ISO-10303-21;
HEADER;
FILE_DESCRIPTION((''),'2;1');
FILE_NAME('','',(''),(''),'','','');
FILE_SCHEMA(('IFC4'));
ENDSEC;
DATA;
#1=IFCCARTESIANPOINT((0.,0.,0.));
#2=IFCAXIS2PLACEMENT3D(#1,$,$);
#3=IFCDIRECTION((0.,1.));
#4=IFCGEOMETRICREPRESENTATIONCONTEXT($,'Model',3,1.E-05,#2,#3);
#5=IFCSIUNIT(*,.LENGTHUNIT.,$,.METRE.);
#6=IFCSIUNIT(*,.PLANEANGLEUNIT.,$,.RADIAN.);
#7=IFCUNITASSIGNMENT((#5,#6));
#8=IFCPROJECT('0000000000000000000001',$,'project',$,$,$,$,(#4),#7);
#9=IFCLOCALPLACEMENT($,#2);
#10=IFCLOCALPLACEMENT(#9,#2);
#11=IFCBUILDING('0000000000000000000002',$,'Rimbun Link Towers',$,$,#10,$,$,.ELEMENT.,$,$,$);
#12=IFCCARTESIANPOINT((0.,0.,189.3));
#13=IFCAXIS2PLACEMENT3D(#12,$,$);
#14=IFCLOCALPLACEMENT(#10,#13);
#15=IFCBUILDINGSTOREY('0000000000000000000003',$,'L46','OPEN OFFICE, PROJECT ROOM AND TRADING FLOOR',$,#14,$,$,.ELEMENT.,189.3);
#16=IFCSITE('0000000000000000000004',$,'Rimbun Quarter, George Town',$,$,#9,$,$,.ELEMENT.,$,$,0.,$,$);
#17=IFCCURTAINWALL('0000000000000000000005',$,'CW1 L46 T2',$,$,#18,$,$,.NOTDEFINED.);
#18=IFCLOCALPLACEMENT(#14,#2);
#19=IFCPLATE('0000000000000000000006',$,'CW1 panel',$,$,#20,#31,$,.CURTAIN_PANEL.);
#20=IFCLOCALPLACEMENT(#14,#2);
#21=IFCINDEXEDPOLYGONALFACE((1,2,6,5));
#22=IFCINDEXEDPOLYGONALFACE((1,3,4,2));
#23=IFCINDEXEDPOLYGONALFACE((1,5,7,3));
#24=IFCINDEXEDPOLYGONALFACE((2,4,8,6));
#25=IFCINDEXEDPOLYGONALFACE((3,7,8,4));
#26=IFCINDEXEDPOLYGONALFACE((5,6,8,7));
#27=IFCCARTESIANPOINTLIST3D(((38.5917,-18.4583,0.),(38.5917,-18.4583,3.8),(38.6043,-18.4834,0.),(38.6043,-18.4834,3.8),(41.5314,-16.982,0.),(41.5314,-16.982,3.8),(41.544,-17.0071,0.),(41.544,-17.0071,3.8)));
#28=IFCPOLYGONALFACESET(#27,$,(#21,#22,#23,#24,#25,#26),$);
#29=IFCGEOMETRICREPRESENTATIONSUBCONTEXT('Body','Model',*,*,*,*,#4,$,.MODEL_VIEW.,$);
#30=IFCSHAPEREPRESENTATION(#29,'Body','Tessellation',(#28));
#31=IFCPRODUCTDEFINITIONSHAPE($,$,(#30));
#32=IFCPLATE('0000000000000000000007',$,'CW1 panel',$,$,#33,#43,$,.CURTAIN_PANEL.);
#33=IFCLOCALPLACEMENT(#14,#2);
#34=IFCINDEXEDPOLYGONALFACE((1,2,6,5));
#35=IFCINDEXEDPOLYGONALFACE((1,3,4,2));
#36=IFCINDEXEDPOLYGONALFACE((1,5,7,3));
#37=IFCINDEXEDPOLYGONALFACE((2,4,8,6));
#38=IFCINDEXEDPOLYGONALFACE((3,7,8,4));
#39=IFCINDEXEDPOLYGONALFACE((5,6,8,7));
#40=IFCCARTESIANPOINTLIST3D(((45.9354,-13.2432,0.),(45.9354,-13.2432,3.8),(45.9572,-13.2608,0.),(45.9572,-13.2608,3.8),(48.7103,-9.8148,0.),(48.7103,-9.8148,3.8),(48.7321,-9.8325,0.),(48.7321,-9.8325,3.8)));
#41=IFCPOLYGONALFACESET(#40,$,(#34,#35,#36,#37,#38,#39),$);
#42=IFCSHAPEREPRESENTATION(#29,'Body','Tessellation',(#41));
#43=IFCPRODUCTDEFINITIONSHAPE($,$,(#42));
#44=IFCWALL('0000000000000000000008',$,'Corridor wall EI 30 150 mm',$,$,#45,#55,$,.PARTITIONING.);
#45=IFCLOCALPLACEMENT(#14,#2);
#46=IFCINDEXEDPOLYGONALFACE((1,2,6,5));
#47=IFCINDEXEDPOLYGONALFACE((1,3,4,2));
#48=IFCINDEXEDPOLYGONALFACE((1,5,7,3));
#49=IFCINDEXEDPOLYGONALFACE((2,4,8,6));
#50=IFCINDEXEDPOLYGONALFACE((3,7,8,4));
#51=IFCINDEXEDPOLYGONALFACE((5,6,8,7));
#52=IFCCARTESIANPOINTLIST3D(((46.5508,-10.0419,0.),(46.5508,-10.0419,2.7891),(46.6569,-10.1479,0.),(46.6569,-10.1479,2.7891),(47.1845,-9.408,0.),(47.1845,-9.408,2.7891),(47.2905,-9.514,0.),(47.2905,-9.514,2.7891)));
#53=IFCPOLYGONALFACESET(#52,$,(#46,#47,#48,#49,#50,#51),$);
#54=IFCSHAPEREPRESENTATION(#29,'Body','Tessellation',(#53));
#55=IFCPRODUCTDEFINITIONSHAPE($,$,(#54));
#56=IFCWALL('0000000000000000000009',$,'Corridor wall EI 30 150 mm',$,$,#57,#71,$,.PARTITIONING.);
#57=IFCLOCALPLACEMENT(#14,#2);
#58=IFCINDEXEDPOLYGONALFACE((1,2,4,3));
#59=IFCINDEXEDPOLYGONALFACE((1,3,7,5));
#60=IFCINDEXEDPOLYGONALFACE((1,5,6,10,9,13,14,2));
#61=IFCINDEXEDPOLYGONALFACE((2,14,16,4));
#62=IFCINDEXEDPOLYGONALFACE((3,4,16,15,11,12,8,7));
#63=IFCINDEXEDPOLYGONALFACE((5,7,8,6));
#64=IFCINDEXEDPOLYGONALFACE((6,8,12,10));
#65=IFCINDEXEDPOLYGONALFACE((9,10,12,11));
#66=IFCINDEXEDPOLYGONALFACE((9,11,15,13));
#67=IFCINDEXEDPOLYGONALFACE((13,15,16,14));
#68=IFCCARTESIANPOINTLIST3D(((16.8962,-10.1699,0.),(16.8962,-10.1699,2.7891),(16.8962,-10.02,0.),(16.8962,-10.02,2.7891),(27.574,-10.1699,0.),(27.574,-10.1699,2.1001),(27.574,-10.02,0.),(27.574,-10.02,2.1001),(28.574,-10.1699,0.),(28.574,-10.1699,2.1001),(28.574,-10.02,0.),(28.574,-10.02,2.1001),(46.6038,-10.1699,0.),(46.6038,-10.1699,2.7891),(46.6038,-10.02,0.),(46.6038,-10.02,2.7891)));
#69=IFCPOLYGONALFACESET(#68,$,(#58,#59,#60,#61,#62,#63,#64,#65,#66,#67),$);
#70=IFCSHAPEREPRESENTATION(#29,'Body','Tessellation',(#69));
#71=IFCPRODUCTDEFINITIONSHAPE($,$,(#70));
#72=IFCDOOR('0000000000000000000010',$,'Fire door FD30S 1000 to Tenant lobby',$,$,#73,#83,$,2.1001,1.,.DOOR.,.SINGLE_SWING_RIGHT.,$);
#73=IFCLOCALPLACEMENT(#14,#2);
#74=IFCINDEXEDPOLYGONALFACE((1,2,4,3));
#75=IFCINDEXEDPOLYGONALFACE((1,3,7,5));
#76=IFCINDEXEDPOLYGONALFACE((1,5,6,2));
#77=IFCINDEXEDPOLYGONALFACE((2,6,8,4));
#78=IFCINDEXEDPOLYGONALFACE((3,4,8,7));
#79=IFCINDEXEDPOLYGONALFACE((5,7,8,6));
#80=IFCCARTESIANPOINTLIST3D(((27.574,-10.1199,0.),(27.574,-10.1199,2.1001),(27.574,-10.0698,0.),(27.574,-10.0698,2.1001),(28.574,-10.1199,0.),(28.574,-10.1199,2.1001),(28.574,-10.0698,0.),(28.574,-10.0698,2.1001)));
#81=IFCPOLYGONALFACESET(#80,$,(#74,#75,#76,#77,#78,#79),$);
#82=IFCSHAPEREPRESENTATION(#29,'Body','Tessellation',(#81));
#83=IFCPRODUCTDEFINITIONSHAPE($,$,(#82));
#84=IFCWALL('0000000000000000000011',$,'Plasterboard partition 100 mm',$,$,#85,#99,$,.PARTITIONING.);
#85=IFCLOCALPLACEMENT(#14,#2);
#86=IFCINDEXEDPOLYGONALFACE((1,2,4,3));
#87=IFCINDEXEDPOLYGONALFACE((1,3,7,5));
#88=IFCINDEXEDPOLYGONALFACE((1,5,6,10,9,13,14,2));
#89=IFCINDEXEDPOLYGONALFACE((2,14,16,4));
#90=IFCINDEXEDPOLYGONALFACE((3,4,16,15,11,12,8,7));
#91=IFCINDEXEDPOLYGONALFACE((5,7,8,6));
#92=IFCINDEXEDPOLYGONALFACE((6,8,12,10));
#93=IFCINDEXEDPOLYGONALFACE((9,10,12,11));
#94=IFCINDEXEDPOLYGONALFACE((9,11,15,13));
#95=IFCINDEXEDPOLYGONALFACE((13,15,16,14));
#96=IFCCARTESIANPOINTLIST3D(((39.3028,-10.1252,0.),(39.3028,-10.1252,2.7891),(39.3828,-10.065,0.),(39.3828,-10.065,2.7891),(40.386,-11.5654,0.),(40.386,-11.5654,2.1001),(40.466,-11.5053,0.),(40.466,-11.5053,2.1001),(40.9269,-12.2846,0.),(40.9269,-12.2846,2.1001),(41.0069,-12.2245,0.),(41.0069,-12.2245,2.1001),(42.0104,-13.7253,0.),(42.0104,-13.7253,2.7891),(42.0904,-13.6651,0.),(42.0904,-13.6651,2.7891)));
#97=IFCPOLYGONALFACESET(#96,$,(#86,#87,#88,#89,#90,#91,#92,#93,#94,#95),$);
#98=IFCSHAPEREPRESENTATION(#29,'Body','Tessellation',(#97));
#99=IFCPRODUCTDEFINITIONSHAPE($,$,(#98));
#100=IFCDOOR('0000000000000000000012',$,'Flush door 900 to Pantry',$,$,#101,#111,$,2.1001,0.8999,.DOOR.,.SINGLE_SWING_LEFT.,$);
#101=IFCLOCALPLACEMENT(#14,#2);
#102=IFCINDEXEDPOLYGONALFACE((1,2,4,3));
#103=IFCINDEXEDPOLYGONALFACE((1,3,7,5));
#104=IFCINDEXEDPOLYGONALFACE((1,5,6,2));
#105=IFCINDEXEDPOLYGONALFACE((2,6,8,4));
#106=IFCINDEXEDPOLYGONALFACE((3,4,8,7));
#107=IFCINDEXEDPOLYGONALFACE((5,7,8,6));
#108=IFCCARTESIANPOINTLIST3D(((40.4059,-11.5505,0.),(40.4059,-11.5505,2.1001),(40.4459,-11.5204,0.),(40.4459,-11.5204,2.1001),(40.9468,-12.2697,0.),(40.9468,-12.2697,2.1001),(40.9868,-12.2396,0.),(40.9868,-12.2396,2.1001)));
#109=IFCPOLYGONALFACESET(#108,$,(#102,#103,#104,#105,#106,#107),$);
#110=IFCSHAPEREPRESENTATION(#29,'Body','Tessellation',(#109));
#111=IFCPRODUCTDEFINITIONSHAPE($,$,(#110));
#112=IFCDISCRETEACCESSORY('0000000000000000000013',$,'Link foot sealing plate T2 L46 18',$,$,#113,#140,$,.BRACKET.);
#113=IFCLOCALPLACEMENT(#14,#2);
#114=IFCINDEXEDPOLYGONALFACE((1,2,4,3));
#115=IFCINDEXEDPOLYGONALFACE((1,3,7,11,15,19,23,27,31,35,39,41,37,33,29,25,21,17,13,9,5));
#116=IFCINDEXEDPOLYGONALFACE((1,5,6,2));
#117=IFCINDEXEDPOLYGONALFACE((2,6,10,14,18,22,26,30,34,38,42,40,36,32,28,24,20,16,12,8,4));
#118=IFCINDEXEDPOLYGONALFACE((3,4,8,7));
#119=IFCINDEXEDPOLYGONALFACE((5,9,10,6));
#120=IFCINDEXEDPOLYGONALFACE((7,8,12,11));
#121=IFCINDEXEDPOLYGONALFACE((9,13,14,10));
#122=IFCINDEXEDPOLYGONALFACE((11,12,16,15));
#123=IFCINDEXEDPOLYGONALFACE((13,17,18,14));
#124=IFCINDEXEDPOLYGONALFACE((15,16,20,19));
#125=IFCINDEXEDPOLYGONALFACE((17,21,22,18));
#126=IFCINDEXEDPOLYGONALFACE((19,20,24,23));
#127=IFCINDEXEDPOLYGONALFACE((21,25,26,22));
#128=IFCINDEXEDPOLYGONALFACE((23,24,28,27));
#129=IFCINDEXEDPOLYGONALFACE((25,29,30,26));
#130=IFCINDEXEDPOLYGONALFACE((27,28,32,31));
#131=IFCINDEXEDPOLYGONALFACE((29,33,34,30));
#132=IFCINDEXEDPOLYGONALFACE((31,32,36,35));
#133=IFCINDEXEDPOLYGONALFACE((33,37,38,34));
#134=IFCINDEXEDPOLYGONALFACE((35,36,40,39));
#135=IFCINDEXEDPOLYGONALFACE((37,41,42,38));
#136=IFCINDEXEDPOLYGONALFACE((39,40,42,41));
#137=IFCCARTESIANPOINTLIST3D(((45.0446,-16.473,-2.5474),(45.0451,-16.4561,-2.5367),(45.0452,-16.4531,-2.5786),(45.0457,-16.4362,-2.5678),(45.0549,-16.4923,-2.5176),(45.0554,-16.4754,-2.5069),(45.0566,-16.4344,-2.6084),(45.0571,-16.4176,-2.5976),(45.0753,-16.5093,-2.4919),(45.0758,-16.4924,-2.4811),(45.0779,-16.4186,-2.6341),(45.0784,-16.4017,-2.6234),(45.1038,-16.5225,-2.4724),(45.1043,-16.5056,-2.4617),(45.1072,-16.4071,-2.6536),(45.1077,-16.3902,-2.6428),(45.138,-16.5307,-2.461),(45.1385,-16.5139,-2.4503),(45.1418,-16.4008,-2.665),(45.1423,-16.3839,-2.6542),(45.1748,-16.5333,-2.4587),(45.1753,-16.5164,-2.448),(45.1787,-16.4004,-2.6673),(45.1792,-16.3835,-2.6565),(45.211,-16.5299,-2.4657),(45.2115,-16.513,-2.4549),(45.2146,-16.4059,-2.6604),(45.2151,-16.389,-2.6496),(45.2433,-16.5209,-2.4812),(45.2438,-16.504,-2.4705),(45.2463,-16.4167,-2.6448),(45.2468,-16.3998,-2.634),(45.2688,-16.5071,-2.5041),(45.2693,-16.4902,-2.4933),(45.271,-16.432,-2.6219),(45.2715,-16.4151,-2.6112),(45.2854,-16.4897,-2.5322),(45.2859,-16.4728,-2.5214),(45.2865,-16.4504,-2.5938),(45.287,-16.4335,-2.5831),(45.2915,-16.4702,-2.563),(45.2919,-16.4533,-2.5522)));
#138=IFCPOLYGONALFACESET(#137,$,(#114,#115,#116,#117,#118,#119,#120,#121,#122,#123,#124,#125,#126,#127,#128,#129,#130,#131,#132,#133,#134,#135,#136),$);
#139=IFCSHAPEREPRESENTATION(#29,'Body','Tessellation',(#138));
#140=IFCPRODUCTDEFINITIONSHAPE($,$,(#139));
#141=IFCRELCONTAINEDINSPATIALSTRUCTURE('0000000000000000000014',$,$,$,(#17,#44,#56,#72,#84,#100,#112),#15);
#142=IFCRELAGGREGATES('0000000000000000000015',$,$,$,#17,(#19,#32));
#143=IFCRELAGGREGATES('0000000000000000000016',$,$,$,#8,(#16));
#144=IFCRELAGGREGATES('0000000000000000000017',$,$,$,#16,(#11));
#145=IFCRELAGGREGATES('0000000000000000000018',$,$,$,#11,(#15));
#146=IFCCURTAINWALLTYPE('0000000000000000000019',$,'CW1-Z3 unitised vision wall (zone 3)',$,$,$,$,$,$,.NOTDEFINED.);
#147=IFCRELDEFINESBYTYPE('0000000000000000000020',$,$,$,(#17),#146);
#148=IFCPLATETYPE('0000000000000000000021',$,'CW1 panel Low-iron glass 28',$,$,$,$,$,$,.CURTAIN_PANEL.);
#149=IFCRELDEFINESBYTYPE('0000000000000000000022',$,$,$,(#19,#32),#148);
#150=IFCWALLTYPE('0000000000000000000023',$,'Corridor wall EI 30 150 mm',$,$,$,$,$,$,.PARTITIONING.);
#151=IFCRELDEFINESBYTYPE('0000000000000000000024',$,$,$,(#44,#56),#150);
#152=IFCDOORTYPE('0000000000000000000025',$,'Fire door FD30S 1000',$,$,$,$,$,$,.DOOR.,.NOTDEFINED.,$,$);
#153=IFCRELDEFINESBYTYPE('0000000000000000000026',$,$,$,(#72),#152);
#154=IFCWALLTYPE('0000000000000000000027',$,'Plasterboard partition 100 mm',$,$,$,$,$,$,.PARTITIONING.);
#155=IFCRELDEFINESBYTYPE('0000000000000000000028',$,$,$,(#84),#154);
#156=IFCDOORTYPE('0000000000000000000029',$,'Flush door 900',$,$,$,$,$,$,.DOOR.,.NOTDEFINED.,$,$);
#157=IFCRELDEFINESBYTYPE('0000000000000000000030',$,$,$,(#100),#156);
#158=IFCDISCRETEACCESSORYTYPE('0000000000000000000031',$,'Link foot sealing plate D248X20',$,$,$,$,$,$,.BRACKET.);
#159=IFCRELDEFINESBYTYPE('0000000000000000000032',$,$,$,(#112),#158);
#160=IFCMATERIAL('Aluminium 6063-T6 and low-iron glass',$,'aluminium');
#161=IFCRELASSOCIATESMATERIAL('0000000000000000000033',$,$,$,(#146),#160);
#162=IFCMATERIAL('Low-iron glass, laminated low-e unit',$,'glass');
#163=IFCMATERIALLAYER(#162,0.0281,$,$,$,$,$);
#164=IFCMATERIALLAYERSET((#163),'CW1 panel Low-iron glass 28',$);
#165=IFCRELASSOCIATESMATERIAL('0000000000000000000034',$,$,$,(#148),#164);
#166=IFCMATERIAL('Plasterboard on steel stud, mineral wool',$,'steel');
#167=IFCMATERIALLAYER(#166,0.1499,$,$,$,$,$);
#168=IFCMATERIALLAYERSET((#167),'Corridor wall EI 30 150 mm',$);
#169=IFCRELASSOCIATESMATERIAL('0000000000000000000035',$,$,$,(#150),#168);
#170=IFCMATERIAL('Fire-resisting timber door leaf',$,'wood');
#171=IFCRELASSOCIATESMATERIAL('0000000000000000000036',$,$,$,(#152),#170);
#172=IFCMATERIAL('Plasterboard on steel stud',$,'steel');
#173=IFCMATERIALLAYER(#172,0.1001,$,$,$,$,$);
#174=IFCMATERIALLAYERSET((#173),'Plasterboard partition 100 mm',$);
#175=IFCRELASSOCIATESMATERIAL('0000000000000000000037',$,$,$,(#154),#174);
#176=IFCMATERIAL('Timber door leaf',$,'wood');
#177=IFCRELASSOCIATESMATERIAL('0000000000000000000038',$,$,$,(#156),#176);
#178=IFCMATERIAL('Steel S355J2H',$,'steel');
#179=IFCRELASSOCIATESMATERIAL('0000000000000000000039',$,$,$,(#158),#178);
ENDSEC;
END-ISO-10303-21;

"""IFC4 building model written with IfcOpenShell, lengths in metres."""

from ifc_helpers import new_model, si_unit, direction, frame, frame_2d, origin, origin_2d, place, context, subcontext, project, spatial, rectangle, circle, extrude, material, layer, layer_set, material_profile, profile_set, type_object, element, fill, aggregate, save


model = new_model("IFC4")

# Units and contexts
model_context = context("Model", 3, precision=1e-05, world=origin(), true_north=direction((0.0, 1.0)))
body_context = subcontext(model_context, "Body", "Model", "MODEL_VIEW")
ifc_project = project(units=[si_unit("LENGTHUNIT", "METRE"), si_unit("PLANEANGLEUNIT", "RADIAN")], contexts=[model_context])

# Site, building, storey
site_placement = place(None, origin())
site = spatial("IfcSite", under=ifc_project, at=site_placement, Name="Rimbun Quarter, George Town", CompositionType="ELEMENT", RefElevation=0.0)
building_placement = place(site_placement, origin())
building = spatial("IfcBuilding", under=site, at=building_placement, Name="Rimbun Link Towers", CompositionType="ELEMENT")
storey_placement = place(building_placement, frame((0.0, 0.0, 189.3)))
storey = spatial("IfcBuildingStorey", under=building, at=storey_placement, Name="L46", Description="OPEN OFFICE, PROJECT ROOM AND TRADING FLOOR", CompositionType="ELEMENT", Elevation=189.3)

# Curtain wall
ifc_material_1 = material(Name="Aluminium 6063-T6 and low-iron glass", Category="aluminium")
curtain_wall_type = type_object("IfcCurtainWallType", Name="CW1-Z3 unitised vision wall (zone 3)", PredefinedType="NOTDEFINED", material=ifc_material_1)
curtain_wall_placement = place(storey_placement, origin())
curtain_wall = element("IfcCurtainWall", 1, at=curtain_wall_placement, inside=storey, type_object=curtain_wall_type, Name="CW1 L46 T2", PredefinedType="NOTDEFINED")

# Plates
ifc_material_2 = material(Name="Low-iron glass, laminated low-e unit", Category="glass")
ifc_layer_1 = layer(ifc_material_2, 0.0281)
ifc_layer_set_1 = layer_set([ifc_layer_1], Name="CW1 panel Low-iron glass 28")
plate_type = type_object("IfcPlateType", Name="CW1 panel Low-iron glass 28", PredefinedType="CURTAIN_PANEL", material=ifc_layer_set_1)
plate_1_placement = place(storey_placement, frame((40.0679, -17.7327, 0.0), z_axis=(0.0, 0.0, 1.0), x_axis=(-0.893642, -0.448781, 0.0)))
plate_1 = element("IfcPlate", 2, at=plate_1_placement, type_object=plate_type, Name="CW1 panel", PredefinedType="CURTAIN_PANEL", context=body_context, shape_type="SweptSolid", body=[
    extrude(rectangle(XDim=3.2896, YDim=0.0281, at=origin_2d()), origin(), (0.0, 0.0, 1.0), 3.8),
])
plate_2_placement = place(storey_placement, frame((47.3337, -11.5378, 0.0), z_axis=(0.0, 0.0, 1.0), x_axis=(-0.629146, -0.777287, 0.0)))
plate_2 = element("IfcPlate", 3, at=plate_2_placement, type_object=plate_type, Name="CW1 panel", PredefinedType="CURTAIN_PANEL", context=body_context, shape_type="SweptSolid", body=[
    extrude(rectangle(XDim=4.4106, YDim=0.0281, at=origin_2d()), origin(), (0.0, 0.0, 1.0), 3.8),
])
aggregate(curtain_wall, [plate_1, plate_2])

# Wall
ifc_material_3 = material(Name="Plasterboard on steel stud, mineral wool", Category="steel")
ifc_layer_2 = layer(ifc_material_3, 0.1499)
ifc_layer_set_2 = layer_set([ifc_layer_2], Name="Corridor wall EI 30 150 mm")
wall_type_1 = type_object("IfcWallType", Name="Corridor wall EI 30 150 mm", PredefinedType="PARTITIONING", material=ifc_layer_set_2)
wall_1_placement = place(storey_placement, frame((46.6038, -10.095, 0.0), z_axis=(0.0, 0.0, 1.0), x_axis=(0.706971, 0.707243, 0.0)))
element("IfcWall", 4, at=wall_1_placement, inside=storey, type_object=wall_type_1, Name="Corridor wall EI 30 150 mm", PredefinedType="PARTITIONING", context=body_context, shape_type="SweptSolid", body=[
    extrude(rectangle(XDim=0.8962, YDim=0.1499, at=frame_2d((0.4482, 0.0))), origin(), (0.0, 0.0, 1.0), 2.7891),
])

# Walls, openings, doors
wall_2_placement = place(storey_placement, frame((46.6038, -10.095, 0.0), z_axis=(0.0, 0.0, 1.0), x_axis=(-1.0, 0.0, 0.0)))
wall_2 = element("IfcWall", 5, at=wall_2_placement, inside=storey, type_object=wall_type_1, Name="Corridor wall EI 30 150 mm", PredefinedType="PARTITIONING", context=body_context, shape_type="SweptSolid", body=[
    extrude(rectangle(XDim=29.7075, YDim=0.1499, at=frame_2d((14.8538, 0.0))), origin(), (0.0, 0.0, 1.0), 2.7891),
])
opening_1_placement = place(wall_2_placement, frame((18.0298, 0.0, 0.0)))
opening_1 = element("IfcOpeningElement", 6, at=opening_1_placement, cuts=wall_2, PredefinedType="OPENING", context=body_context, shape_type="SweptSolid", body=[
    extrude(rectangle(XDim=1.0, YDim=2.1001, at=frame_2d((0.5, 1.05))), frame((0.0, 0.085, 0.0), z_axis=(0.0, -1.0, 0.0), x_axis=(1.0, 0.0, 0.0)), (0.0, 0.0, 1.0), 0.1699),
])
ifc_material_4 = material(Name="Fire-resisting timber door leaf", Category="wood")
door_type_1 = type_object("IfcDoorType", Name="Fire door FD30S 1000", OperationType="NOTDEFINED", PredefinedType="DOOR", material=ifc_material_4)
door_1_placement = place(opening_1_placement, origin())
door_1 = element("IfcDoor", 7, at=door_1_placement, inside=storey, type_object=door_type_1, Name="Fire door FD30S 1000 to Tenant lobby", OperationType="SINGLE_SWING_RIGHT", OverallHeight=2.1001, OverallWidth=1.0, PredefinedType="DOOR", context=body_context, shape_type="SweptSolid", body=[
    extrude(rectangle(XDim=1.0, YDim=2.1001, at=frame_2d((0.5, 1.05))), frame((0.0, 0.0249, 0.0), z_axis=(0.0, -1.0, 0.0), x_axis=(1.0, 0.0, 0.0)), (0.0, 0.0, 1.0), 0.05),
])
fill(opening_1, door_1)
ifc_material_5 = material(Name="Plasterboard on steel stud", Category="steel")
ifc_layer_3 = layer(ifc_material_5, 0.1001)
ifc_layer_set_3 = layer_set([ifc_layer_3], Name="Plasterboard partition 100 mm")
wall_type_2 = type_object("IfcWallType", Name="Plasterboard partition 100 mm", PredefinedType="PARTITIONING", material=ifc_layer_set_3)
wall_3_placement = place(storey_placement, frame((39.3428, -10.095, 0.0), z_axis=(0.0, 0.0, 1.0), x_axis=(0.601057, -0.799206, 0.0)))
wall_3 = element("IfcWall", 8, at=wall_3_placement, inside=storey, type_object=wall_type_2, Name="Plasterboard partition 100 mm", PredefinedType="PARTITIONING", context=body_context, shape_type="SweptSolid", body=[
    extrude(rectangle(XDim=4.5046, YDim=0.1001, at=frame_2d((2.2524, 0.0))), origin(), (0.0, 0.0, 1.0), 2.7891),
])
opening_2_placement = place(wall_3_placement, frame((1.8022, 0.0, 0.0)))
opening_2 = element("IfcOpeningElement", 9, at=opening_2_placement, cuts=wall_3, PredefinedType="OPENING", context=body_context, shape_type="SweptSolid", body=[
    extrude(rectangle(XDim=0.8999, YDim=2.1001, at=frame_2d((0.45, 1.05))), frame((0.0, 0.0601, 0.0), z_axis=(0.0, -1.0, 0.0), x_axis=(1.0, 0.0, 0.0)), (0.0, 0.0, 1.0), 0.1201),
])
ifc_material_6 = material(Name="Timber door leaf", Category="wood")
door_type_2 = type_object("IfcDoorType", Name="Flush door 900", OperationType="NOTDEFINED", PredefinedType="DOOR", material=ifc_material_6)
door_2_placement = place(opening_2_placement, origin())
door_2 = element("IfcDoor", 10, at=door_2_placement, inside=storey, type_object=door_type_2, Name="Flush door 900 to Pantry", OperationType="SINGLE_SWING_LEFT", OverallHeight=2.1001, OverallWidth=0.8999, PredefinedType="DOOR", context=body_context, shape_type="SweptSolid", body=[
    extrude(rectangle(XDim=0.8999, YDim=2.1001, at=frame_2d((0.45, 1.05))), frame((0.0, 0.0249, 0.0), z_axis=(0.0, -1.0, 0.0), x_axis=(1.0, 0.0, 0.0)), (0.0, 0.0, 1.0), 0.05),
])
fill(opening_2, door_2)

# Discrete accessory
ifc_material_7 = material(Name="Steel S355J2H", Category="steel")
ifc_material_profile_1 = material_profile(ifc_material_7, circle(Radius=0.124, at=origin_2d()), Name="PL D248")
ifc_profile_set_1 = profile_set([ifc_material_profile_1], Name="Steel S355J2H")
discrete_accessory_type = type_object("IfcDiscreteAccessoryType", Name="Link foot sealing plate D248X20", PredefinedType="BRACKET", material=ifc_profile_set_1)
discrete_accessory_placement = place(storey_placement, frame((45.168, -16.4497, -2.5522), z_axis=(-0.024432, -0.842906, -0.537505), x_axis=(0.99958, -0.028973, 0.0)))
element("IfcDiscreteAccessory", 11, at=discrete_accessory_placement, inside=storey, type_object=discrete_accessory_type, Name="Link foot sealing plate T2 L46 18", PredefinedType="BRACKET", context=body_context, shape_type="SweptSolid", body=[
    extrude(circle(Radius=0.124, at=origin_2d()), origin(), (0.0, 0.0, 1.0), 0.02),
])

save(model, "model.ifc")
